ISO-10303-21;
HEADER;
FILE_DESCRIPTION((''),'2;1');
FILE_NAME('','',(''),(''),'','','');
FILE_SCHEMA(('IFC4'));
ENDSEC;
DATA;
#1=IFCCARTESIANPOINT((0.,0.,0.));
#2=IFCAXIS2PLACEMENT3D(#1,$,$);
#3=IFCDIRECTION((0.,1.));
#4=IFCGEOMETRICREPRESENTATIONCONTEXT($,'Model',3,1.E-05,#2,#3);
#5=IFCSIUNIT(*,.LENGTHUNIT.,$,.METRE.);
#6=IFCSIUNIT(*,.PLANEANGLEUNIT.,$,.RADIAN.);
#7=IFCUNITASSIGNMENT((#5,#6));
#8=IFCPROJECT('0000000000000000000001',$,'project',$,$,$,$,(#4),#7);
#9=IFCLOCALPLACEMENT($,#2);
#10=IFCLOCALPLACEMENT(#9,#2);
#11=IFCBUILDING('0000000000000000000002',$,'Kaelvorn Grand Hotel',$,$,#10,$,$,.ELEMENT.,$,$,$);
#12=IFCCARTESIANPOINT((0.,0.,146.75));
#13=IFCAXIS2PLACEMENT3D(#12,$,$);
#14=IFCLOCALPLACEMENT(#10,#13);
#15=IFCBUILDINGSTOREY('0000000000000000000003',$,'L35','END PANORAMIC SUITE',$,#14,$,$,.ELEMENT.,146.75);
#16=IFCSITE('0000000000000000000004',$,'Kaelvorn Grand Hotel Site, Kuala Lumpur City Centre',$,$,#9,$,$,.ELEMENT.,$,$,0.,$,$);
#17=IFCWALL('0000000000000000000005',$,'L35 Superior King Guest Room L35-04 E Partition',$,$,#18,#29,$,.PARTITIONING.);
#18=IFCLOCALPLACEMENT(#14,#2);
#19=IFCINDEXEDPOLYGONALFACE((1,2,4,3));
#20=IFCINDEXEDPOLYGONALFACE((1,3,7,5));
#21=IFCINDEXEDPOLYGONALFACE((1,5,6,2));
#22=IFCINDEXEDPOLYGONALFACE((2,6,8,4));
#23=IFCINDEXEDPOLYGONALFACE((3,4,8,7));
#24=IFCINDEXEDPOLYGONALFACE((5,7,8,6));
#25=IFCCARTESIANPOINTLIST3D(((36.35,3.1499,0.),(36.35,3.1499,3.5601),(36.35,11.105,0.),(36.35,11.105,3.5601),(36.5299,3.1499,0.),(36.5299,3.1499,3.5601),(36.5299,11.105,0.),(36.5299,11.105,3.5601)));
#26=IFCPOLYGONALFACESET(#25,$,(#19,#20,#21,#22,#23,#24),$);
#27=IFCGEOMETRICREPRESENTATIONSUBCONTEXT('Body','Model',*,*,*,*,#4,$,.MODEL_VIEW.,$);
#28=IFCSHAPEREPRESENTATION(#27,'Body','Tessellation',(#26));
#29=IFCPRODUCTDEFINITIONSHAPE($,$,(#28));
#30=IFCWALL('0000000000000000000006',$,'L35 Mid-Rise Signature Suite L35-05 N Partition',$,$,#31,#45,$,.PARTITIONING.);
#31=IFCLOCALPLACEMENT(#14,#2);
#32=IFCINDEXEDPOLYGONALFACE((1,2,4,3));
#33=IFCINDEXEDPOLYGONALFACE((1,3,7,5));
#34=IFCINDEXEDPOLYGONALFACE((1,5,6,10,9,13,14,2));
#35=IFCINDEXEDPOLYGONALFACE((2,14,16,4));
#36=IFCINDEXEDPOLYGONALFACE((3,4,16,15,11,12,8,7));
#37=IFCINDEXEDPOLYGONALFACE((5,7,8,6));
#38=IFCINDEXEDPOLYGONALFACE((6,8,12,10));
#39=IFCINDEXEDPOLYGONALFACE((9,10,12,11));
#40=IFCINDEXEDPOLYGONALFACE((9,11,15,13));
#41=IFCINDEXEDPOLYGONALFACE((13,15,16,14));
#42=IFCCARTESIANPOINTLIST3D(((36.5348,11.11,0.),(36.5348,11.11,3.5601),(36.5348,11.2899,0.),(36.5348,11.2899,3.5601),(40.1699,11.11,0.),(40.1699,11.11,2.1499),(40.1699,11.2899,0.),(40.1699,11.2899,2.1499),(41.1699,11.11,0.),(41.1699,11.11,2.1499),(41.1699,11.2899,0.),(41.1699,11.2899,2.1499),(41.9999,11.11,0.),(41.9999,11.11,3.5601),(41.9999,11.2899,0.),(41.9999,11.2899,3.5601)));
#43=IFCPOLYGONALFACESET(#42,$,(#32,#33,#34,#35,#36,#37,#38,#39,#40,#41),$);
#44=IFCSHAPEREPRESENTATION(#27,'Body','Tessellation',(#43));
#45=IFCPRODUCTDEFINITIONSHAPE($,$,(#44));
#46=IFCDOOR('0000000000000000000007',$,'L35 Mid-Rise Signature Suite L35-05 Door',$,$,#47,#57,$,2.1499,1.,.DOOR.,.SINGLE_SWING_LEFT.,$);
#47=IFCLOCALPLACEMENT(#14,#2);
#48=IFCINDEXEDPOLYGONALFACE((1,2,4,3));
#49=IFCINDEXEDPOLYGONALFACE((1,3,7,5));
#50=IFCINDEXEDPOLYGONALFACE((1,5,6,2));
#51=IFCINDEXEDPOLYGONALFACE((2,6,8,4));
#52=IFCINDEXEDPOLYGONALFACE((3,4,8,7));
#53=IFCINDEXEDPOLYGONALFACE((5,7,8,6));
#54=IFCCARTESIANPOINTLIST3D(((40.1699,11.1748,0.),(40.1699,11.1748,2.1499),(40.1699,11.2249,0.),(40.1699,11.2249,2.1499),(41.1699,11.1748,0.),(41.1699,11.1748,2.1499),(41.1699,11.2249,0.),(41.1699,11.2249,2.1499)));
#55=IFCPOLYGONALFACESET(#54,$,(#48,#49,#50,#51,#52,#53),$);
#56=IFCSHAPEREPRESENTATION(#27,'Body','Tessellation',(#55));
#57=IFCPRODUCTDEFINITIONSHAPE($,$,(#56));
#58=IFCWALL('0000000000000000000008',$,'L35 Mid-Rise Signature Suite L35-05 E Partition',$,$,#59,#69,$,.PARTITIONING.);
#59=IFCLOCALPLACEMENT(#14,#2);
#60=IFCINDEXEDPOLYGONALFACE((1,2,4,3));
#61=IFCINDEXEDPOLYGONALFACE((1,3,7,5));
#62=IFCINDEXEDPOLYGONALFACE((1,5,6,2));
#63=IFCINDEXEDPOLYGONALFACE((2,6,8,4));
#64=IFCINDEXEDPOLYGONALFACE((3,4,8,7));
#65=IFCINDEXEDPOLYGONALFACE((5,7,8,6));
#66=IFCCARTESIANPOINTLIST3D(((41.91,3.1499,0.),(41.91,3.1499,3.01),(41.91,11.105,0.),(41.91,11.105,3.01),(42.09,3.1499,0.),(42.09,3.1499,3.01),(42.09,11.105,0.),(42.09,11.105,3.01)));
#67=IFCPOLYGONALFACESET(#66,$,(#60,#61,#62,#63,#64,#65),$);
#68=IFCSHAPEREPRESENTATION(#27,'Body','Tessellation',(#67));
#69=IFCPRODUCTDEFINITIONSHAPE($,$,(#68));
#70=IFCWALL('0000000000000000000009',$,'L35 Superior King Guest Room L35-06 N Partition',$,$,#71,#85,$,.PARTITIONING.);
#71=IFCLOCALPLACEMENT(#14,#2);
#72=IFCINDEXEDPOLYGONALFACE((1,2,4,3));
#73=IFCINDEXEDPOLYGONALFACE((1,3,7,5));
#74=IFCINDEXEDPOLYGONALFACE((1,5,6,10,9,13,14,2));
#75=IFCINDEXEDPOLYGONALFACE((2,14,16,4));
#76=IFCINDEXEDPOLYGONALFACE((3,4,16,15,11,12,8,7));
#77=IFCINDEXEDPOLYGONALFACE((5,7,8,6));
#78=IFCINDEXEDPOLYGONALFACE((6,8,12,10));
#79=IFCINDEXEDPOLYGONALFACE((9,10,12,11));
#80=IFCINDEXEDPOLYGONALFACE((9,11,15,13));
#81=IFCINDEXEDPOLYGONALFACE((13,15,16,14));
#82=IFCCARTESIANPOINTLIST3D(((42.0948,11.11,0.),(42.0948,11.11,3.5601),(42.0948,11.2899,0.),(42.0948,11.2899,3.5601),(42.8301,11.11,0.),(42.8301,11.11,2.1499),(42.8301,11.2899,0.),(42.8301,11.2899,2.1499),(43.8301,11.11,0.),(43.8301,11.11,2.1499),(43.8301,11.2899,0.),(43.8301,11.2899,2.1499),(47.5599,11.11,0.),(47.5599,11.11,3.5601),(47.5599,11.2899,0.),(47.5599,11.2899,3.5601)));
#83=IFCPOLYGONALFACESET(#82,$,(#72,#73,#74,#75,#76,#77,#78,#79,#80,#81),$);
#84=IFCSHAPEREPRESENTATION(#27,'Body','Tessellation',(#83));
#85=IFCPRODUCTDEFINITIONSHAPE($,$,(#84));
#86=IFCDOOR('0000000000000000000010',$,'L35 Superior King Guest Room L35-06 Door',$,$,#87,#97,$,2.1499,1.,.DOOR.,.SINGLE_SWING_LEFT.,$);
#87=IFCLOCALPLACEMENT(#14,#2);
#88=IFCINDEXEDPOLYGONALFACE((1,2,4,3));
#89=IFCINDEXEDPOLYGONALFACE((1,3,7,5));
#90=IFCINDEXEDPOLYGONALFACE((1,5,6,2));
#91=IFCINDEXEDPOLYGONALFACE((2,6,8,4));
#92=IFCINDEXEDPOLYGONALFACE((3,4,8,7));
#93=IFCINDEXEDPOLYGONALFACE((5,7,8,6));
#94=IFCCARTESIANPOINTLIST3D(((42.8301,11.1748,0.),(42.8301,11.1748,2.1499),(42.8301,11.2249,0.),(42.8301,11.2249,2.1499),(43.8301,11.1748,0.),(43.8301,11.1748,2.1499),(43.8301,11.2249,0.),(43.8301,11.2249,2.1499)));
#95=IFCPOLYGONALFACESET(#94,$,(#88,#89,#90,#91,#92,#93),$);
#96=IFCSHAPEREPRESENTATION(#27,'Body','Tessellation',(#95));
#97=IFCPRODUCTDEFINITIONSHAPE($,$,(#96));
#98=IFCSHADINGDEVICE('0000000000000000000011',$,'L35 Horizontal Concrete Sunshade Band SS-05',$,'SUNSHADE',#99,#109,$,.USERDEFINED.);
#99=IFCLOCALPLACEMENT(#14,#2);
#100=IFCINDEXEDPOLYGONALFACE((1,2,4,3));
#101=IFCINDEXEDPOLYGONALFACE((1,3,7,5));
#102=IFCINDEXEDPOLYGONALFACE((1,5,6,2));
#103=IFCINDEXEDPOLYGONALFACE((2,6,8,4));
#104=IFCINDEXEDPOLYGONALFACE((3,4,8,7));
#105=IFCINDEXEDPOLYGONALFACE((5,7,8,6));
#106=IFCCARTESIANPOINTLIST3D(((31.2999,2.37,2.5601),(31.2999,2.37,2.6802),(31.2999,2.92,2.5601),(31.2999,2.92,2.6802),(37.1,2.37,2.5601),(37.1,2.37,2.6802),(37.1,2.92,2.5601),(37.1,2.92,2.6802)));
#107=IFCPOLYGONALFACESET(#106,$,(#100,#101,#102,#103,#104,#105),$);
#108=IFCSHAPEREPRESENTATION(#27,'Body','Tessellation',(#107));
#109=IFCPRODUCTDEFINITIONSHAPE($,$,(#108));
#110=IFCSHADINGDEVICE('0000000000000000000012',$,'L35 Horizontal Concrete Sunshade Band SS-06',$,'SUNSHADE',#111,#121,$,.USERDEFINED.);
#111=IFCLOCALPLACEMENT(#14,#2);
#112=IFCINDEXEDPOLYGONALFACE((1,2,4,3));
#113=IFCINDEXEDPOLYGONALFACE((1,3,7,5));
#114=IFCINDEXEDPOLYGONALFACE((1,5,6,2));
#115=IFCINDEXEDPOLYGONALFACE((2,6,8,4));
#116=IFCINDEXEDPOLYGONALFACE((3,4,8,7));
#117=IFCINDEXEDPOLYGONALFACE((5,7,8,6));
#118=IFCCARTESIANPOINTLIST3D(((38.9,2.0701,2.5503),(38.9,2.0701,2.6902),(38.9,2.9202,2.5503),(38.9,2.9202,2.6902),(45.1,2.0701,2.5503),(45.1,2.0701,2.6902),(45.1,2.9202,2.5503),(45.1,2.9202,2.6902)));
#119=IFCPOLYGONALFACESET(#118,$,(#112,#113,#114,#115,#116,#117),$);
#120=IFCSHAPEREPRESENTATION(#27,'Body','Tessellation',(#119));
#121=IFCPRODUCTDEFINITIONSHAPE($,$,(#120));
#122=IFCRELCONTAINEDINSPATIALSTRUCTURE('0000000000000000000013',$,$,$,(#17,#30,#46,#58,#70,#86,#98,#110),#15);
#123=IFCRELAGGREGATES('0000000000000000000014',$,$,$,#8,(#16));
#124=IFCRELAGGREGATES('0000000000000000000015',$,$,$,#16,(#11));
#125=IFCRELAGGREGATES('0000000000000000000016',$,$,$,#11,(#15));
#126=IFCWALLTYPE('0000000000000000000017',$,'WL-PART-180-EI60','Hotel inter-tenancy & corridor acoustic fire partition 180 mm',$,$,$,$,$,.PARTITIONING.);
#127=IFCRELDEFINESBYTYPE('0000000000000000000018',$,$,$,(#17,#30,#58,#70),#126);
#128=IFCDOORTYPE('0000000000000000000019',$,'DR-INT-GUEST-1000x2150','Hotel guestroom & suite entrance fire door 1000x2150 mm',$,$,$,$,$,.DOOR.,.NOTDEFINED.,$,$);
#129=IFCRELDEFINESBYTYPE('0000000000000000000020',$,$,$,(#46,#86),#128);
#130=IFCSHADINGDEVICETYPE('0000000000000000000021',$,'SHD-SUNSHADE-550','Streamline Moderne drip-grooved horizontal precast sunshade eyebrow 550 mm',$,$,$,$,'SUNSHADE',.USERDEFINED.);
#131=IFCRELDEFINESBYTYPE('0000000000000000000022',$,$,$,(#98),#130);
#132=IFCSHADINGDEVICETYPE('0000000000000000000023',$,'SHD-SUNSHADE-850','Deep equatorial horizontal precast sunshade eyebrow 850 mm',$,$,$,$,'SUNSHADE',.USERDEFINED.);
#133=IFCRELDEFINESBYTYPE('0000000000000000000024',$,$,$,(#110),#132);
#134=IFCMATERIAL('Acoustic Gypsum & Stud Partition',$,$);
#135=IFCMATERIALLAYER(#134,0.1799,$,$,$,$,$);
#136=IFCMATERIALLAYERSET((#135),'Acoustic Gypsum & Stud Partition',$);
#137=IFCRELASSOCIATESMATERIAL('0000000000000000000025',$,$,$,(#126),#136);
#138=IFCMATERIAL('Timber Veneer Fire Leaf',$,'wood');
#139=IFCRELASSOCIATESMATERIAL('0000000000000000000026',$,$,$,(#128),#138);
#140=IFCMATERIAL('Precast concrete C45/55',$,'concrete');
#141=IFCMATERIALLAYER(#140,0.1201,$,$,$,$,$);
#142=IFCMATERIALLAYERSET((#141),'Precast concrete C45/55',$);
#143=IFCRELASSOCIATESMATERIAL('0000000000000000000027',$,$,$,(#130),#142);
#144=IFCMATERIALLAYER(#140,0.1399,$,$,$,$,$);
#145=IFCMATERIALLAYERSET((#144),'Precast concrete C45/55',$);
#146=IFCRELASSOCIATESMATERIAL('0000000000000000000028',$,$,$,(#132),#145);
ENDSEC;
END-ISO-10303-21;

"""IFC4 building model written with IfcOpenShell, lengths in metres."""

from ifc_helpers import new_model, si_unit, direction, frame, frame_2d, origin, origin_2d, place, context, subcontext, project, spatial, rectangle, extrude, material, layer, layer_set, type_object, element, fill, save


model = new_model("IFC4")

# Units and contexts
model_context = context("Model", 3, precision=1e-05, world=origin(), true_north=direction((0.0, 1.0)))
body_context = subcontext(model_context, "Body", "Model", "MODEL_VIEW")
ifc_project = project(units=[si_unit("LENGTHUNIT", "METRE"), si_unit("PLANEANGLEUNIT", "RADIAN")], contexts=[model_context])

# Site, building, storey
site_placement = place(None, origin())
site = spatial("IfcSite", under=ifc_project, at=site_placement, Name="Kaelvorn Grand Hotel Site, Kuala Lumpur City Centre", CompositionType="ELEMENT", RefElevation=0.0)
building_placement = place(site_placement, origin())
building = spatial("IfcBuilding", under=site, at=building_placement, Name="Kaelvorn Grand Hotel", CompositionType="ELEMENT")
storey_placement = place(building_placement, frame((0.0, 0.0, 146.75)))
storey = spatial("IfcBuildingStorey", under=building, at=storey_placement, Name="L35", Description="END PANORAMIC SUITE", CompositionType="ELEMENT", Elevation=146.75)

# Shared definitions
ifc_material_1 = material(Name="Acoustic Gypsum & Stud Partition")
ifc_layer_1 = layer(ifc_material_1, 0.1799)
ifc_layer_set_1 = layer_set([ifc_layer_1], Name="Acoustic Gypsum & Stud Partition")
wall_type_1 = type_object("IfcWallType", Name="WL-PART-180-EI60", Description="Hotel inter-tenancy & corridor acoustic fire partition 180 mm", PredefinedType="PARTITIONING", material=ifc_layer_set_1)

# Shared definitions
ifc_material_2 = material(Name="Timber Veneer Fire Leaf", Category="wood")
door_type_1 = type_object("IfcDoorType", Name="DR-INT-GUEST-1000x2150", Description="Hotel guestroom & suite entrance fire door 1000x2150 mm", OperationType="NOTDEFINED", PredefinedType="DOOR", material=ifc_material_2)

# Wall
wall_1_placement = place(storey_placement, frame((36.4399, 3.1499, 0.0), z_axis=(0.0, 0.0, 1.0), x_axis=(0.0, 1.0, 0.0)))
element("IfcWall", 1, at=wall_1_placement, inside=storey, type_object=wall_type_1, Name="L35 Superior King Guest Room L35-04 E Partition", PredefinedType="PARTITIONING", context=body_context, shape_type="SweptSolid", body=[
    extrude(rectangle(XDim=7.9551, YDim=0.1799, at=frame_2d((3.9775, 0.0))), origin(), (0.0, 0.0, 1.0), 3.5601),
])

# Wall, opening, door
wall_2_placement = place(storey_placement, frame((36.5349, 11.2, 0.0), z_axis=(0.0, 0.0, 1.0), x_axis=(1.0, 0.0, 0.0)))
wall_2 = element("IfcWall", 2, at=wall_2_placement, inside=storey, type_object=wall_type_1, Name="L35 Mid-Rise Signature Suite L35-05 N Partition", PredefinedType="PARTITIONING", context=body_context, shape_type="SweptSolid", body=[
    extrude(rectangle(XDim=5.4651, YDim=0.1799, at=frame_2d((2.7324, 0.0))), origin(), (0.0, 0.0, 1.0), 3.5601),
])
opening_1_placement = place(wall_2_placement, frame((3.635, 0.0, 0.0)))
opening_1 = element("IfcOpeningElement", 3, at=opening_1_placement, cuts=wall_2, PredefinedType="OPENING", context=body_context, shape_type="SweptSolid", body=[
    extrude(rectangle(XDim=1.0, YDim=2.1499, at=frame_2d((0.5, 1.075))), frame((0.0, 0.1001, 0.0), z_axis=(0.0, -1.0, 0.0), x_axis=(1.0, 0.0, 0.0)), (0.0, 0.0, 1.0), 0.2),
])
door_1_placement = place(opening_1_placement, origin())
door_1 = element("IfcDoor", 4, at=door_1_placement, inside=storey, type_object=door_type_1, Name="L35 Mid-Rise Signature Suite L35-05 Door", OperationType="SINGLE_SWING_LEFT", OverallHeight=2.1499, OverallWidth=1.0, PredefinedType="DOOR", context=body_context, shape_type="SweptSolid", body=[
    extrude(rectangle(XDim=1.0, YDim=2.1499, at=frame_2d((0.5, 1.075))), frame((0.0, 0.0249, 0.0), z_axis=(0.0, -1.0, 0.0), x_axis=(1.0, 0.0, 0.0)), (0.0, 0.0, 1.0), 0.05),
])
fill(opening_1, door_1)

# Wall
wall_3_placement = place(storey_placement, frame((42.0, 3.1499, 0.0), z_axis=(0.0, 0.0, 1.0), x_axis=(0.0, 1.0, 0.0)))
element("IfcWall", 5, at=wall_3_placement, inside=storey, type_object=wall_type_1, Name="L35 Mid-Rise Signature Suite L35-05 E Partition", PredefinedType="PARTITIONING", context=body_context, shape_type="SweptSolid", body=[
    extrude(rectangle(XDim=7.9551, YDim=0.1799, at=frame_2d((3.9775, 0.0))), origin(), (0.0, 0.0, 1.0), 3.01),
])

# Wall, opening, door
wall_4_placement = place(storey_placement, frame((42.095, 11.2, 0.0), z_axis=(0.0, 0.0, 1.0), x_axis=(1.0, 0.0, 0.0)))
wall_4 = element("IfcWall", 6, at=wall_4_placement, inside=storey, type_object=wall_type_1, Name="L35 Superior King Guest Room L35-06 N Partition", PredefinedType="PARTITIONING", context=body_context, shape_type="SweptSolid", body=[
    extrude(rectangle(XDim=5.4651, YDim=0.1799, at=frame_2d((2.7324, 0.0))), origin(), (0.0, 0.0, 1.0), 3.5601),
])
opening_2_placement = place(wall_4_placement, frame((0.7351, 0.0, 0.0)))
opening_2 = element("IfcOpeningElement", 7, at=opening_2_placement, cuts=wall_4, PredefinedType="OPENING", context=body_context, shape_type="SweptSolid", body=[
    extrude(rectangle(XDim=1.0, YDim=2.1499, at=frame_2d((0.5, 1.075))), frame((0.0, 0.1001, 0.0), z_axis=(0.0, -1.0, 0.0), x_axis=(1.0, 0.0, 0.0)), (0.0, 0.0, 1.0), 0.2),
])
door_2_placement = place(opening_2_placement, origin())
door_2 = element("IfcDoor", 8, at=door_2_placement, inside=storey, type_object=door_type_1, Name="L35 Superior King Guest Room L35-06 Door", OperationType="SINGLE_SWING_LEFT", OverallHeight=2.1499, OverallWidth=1.0, PredefinedType="DOOR", context=body_context, shape_type="SweptSolid", body=[
    extrude(rectangle(XDim=1.0, YDim=2.1499, at=frame_2d((0.5, 1.075))), frame((0.0, 0.0249, 0.0), z_axis=(0.0, -1.0, 0.0), x_axis=(1.0, 0.0, 0.0)), (0.0, 0.0, 1.0), 0.05),
])
fill(opening_2, door_2)

# Shading devices
ifc_material_3 = material(Name="Precast concrete C45/55", Category="concrete")
ifc_layer_2 = layer(ifc_material_3, 0.1201)
ifc_layer_set_2 = layer_set([ifc_layer_2], Name="Precast concrete C45/55")
shading_device_type_1 = type_object("IfcShadingDeviceType", Name="SHD-SUNSHADE-550", Description="Streamline Moderne drip-grooved horizontal precast sunshade eyebrow 550 mm", ElementType="SUNSHADE", PredefinedType="USERDEFINED", material=ifc_layer_set_2)
shading_device_1_placement = place(storey_placement, frame((34.2, 2.645, 2.5601), z_axis=(0.0, 0.0, 1.0), x_axis=(1.0, 0.0, 0.0)))
element("IfcShadingDevice", 9, at=shading_device_1_placement, inside=storey, type_object=shading_device_type_1, Name="L35 Horizontal Concrete Sunshade Band SS-05", ObjectType="SUNSHADE", PredefinedType="USERDEFINED", context=body_context, shape_type="SweptSolid", body=[
    extrude(rectangle(XDim=5.8, YDim=0.55, at=origin_2d()), origin(), (0.0, 0.0, 1.0), 0.1201),
])
ifc_layer_3 = layer(ifc_material_3, 0.1399)
ifc_layer_set_3 = layer_set([ifc_layer_3], Name="Precast concrete C45/55")
shading_device_type_2 = type_object("IfcShadingDeviceType", Name="SHD-SUNSHADE-850", Description="Deep equatorial horizontal precast sunshade eyebrow 850 mm", ElementType="SUNSHADE", PredefinedType="USERDEFINED", material=ifc_layer_set_3)
shading_device_2_placement = place(storey_placement, frame((42.0, 2.4951, 2.5503), z_axis=(0.0, 0.0, 1.0), x_axis=(1.0, 0.0, 0.0)))
element("IfcShadingDevice", 10, at=shading_device_2_placement, inside=storey, type_object=shading_device_type_2, Name="L35 Horizontal Concrete Sunshade Band SS-06", ObjectType="SUNSHADE", PredefinedType="USERDEFINED", context=body_context, shape_type="SweptSolid", body=[
    extrude(rectangle(XDim=6.2, YDim=0.8501, at=origin_2d()), origin(), (0.0, 0.0, 1.0), 0.1399),
])

save(model, "model.ifc")
